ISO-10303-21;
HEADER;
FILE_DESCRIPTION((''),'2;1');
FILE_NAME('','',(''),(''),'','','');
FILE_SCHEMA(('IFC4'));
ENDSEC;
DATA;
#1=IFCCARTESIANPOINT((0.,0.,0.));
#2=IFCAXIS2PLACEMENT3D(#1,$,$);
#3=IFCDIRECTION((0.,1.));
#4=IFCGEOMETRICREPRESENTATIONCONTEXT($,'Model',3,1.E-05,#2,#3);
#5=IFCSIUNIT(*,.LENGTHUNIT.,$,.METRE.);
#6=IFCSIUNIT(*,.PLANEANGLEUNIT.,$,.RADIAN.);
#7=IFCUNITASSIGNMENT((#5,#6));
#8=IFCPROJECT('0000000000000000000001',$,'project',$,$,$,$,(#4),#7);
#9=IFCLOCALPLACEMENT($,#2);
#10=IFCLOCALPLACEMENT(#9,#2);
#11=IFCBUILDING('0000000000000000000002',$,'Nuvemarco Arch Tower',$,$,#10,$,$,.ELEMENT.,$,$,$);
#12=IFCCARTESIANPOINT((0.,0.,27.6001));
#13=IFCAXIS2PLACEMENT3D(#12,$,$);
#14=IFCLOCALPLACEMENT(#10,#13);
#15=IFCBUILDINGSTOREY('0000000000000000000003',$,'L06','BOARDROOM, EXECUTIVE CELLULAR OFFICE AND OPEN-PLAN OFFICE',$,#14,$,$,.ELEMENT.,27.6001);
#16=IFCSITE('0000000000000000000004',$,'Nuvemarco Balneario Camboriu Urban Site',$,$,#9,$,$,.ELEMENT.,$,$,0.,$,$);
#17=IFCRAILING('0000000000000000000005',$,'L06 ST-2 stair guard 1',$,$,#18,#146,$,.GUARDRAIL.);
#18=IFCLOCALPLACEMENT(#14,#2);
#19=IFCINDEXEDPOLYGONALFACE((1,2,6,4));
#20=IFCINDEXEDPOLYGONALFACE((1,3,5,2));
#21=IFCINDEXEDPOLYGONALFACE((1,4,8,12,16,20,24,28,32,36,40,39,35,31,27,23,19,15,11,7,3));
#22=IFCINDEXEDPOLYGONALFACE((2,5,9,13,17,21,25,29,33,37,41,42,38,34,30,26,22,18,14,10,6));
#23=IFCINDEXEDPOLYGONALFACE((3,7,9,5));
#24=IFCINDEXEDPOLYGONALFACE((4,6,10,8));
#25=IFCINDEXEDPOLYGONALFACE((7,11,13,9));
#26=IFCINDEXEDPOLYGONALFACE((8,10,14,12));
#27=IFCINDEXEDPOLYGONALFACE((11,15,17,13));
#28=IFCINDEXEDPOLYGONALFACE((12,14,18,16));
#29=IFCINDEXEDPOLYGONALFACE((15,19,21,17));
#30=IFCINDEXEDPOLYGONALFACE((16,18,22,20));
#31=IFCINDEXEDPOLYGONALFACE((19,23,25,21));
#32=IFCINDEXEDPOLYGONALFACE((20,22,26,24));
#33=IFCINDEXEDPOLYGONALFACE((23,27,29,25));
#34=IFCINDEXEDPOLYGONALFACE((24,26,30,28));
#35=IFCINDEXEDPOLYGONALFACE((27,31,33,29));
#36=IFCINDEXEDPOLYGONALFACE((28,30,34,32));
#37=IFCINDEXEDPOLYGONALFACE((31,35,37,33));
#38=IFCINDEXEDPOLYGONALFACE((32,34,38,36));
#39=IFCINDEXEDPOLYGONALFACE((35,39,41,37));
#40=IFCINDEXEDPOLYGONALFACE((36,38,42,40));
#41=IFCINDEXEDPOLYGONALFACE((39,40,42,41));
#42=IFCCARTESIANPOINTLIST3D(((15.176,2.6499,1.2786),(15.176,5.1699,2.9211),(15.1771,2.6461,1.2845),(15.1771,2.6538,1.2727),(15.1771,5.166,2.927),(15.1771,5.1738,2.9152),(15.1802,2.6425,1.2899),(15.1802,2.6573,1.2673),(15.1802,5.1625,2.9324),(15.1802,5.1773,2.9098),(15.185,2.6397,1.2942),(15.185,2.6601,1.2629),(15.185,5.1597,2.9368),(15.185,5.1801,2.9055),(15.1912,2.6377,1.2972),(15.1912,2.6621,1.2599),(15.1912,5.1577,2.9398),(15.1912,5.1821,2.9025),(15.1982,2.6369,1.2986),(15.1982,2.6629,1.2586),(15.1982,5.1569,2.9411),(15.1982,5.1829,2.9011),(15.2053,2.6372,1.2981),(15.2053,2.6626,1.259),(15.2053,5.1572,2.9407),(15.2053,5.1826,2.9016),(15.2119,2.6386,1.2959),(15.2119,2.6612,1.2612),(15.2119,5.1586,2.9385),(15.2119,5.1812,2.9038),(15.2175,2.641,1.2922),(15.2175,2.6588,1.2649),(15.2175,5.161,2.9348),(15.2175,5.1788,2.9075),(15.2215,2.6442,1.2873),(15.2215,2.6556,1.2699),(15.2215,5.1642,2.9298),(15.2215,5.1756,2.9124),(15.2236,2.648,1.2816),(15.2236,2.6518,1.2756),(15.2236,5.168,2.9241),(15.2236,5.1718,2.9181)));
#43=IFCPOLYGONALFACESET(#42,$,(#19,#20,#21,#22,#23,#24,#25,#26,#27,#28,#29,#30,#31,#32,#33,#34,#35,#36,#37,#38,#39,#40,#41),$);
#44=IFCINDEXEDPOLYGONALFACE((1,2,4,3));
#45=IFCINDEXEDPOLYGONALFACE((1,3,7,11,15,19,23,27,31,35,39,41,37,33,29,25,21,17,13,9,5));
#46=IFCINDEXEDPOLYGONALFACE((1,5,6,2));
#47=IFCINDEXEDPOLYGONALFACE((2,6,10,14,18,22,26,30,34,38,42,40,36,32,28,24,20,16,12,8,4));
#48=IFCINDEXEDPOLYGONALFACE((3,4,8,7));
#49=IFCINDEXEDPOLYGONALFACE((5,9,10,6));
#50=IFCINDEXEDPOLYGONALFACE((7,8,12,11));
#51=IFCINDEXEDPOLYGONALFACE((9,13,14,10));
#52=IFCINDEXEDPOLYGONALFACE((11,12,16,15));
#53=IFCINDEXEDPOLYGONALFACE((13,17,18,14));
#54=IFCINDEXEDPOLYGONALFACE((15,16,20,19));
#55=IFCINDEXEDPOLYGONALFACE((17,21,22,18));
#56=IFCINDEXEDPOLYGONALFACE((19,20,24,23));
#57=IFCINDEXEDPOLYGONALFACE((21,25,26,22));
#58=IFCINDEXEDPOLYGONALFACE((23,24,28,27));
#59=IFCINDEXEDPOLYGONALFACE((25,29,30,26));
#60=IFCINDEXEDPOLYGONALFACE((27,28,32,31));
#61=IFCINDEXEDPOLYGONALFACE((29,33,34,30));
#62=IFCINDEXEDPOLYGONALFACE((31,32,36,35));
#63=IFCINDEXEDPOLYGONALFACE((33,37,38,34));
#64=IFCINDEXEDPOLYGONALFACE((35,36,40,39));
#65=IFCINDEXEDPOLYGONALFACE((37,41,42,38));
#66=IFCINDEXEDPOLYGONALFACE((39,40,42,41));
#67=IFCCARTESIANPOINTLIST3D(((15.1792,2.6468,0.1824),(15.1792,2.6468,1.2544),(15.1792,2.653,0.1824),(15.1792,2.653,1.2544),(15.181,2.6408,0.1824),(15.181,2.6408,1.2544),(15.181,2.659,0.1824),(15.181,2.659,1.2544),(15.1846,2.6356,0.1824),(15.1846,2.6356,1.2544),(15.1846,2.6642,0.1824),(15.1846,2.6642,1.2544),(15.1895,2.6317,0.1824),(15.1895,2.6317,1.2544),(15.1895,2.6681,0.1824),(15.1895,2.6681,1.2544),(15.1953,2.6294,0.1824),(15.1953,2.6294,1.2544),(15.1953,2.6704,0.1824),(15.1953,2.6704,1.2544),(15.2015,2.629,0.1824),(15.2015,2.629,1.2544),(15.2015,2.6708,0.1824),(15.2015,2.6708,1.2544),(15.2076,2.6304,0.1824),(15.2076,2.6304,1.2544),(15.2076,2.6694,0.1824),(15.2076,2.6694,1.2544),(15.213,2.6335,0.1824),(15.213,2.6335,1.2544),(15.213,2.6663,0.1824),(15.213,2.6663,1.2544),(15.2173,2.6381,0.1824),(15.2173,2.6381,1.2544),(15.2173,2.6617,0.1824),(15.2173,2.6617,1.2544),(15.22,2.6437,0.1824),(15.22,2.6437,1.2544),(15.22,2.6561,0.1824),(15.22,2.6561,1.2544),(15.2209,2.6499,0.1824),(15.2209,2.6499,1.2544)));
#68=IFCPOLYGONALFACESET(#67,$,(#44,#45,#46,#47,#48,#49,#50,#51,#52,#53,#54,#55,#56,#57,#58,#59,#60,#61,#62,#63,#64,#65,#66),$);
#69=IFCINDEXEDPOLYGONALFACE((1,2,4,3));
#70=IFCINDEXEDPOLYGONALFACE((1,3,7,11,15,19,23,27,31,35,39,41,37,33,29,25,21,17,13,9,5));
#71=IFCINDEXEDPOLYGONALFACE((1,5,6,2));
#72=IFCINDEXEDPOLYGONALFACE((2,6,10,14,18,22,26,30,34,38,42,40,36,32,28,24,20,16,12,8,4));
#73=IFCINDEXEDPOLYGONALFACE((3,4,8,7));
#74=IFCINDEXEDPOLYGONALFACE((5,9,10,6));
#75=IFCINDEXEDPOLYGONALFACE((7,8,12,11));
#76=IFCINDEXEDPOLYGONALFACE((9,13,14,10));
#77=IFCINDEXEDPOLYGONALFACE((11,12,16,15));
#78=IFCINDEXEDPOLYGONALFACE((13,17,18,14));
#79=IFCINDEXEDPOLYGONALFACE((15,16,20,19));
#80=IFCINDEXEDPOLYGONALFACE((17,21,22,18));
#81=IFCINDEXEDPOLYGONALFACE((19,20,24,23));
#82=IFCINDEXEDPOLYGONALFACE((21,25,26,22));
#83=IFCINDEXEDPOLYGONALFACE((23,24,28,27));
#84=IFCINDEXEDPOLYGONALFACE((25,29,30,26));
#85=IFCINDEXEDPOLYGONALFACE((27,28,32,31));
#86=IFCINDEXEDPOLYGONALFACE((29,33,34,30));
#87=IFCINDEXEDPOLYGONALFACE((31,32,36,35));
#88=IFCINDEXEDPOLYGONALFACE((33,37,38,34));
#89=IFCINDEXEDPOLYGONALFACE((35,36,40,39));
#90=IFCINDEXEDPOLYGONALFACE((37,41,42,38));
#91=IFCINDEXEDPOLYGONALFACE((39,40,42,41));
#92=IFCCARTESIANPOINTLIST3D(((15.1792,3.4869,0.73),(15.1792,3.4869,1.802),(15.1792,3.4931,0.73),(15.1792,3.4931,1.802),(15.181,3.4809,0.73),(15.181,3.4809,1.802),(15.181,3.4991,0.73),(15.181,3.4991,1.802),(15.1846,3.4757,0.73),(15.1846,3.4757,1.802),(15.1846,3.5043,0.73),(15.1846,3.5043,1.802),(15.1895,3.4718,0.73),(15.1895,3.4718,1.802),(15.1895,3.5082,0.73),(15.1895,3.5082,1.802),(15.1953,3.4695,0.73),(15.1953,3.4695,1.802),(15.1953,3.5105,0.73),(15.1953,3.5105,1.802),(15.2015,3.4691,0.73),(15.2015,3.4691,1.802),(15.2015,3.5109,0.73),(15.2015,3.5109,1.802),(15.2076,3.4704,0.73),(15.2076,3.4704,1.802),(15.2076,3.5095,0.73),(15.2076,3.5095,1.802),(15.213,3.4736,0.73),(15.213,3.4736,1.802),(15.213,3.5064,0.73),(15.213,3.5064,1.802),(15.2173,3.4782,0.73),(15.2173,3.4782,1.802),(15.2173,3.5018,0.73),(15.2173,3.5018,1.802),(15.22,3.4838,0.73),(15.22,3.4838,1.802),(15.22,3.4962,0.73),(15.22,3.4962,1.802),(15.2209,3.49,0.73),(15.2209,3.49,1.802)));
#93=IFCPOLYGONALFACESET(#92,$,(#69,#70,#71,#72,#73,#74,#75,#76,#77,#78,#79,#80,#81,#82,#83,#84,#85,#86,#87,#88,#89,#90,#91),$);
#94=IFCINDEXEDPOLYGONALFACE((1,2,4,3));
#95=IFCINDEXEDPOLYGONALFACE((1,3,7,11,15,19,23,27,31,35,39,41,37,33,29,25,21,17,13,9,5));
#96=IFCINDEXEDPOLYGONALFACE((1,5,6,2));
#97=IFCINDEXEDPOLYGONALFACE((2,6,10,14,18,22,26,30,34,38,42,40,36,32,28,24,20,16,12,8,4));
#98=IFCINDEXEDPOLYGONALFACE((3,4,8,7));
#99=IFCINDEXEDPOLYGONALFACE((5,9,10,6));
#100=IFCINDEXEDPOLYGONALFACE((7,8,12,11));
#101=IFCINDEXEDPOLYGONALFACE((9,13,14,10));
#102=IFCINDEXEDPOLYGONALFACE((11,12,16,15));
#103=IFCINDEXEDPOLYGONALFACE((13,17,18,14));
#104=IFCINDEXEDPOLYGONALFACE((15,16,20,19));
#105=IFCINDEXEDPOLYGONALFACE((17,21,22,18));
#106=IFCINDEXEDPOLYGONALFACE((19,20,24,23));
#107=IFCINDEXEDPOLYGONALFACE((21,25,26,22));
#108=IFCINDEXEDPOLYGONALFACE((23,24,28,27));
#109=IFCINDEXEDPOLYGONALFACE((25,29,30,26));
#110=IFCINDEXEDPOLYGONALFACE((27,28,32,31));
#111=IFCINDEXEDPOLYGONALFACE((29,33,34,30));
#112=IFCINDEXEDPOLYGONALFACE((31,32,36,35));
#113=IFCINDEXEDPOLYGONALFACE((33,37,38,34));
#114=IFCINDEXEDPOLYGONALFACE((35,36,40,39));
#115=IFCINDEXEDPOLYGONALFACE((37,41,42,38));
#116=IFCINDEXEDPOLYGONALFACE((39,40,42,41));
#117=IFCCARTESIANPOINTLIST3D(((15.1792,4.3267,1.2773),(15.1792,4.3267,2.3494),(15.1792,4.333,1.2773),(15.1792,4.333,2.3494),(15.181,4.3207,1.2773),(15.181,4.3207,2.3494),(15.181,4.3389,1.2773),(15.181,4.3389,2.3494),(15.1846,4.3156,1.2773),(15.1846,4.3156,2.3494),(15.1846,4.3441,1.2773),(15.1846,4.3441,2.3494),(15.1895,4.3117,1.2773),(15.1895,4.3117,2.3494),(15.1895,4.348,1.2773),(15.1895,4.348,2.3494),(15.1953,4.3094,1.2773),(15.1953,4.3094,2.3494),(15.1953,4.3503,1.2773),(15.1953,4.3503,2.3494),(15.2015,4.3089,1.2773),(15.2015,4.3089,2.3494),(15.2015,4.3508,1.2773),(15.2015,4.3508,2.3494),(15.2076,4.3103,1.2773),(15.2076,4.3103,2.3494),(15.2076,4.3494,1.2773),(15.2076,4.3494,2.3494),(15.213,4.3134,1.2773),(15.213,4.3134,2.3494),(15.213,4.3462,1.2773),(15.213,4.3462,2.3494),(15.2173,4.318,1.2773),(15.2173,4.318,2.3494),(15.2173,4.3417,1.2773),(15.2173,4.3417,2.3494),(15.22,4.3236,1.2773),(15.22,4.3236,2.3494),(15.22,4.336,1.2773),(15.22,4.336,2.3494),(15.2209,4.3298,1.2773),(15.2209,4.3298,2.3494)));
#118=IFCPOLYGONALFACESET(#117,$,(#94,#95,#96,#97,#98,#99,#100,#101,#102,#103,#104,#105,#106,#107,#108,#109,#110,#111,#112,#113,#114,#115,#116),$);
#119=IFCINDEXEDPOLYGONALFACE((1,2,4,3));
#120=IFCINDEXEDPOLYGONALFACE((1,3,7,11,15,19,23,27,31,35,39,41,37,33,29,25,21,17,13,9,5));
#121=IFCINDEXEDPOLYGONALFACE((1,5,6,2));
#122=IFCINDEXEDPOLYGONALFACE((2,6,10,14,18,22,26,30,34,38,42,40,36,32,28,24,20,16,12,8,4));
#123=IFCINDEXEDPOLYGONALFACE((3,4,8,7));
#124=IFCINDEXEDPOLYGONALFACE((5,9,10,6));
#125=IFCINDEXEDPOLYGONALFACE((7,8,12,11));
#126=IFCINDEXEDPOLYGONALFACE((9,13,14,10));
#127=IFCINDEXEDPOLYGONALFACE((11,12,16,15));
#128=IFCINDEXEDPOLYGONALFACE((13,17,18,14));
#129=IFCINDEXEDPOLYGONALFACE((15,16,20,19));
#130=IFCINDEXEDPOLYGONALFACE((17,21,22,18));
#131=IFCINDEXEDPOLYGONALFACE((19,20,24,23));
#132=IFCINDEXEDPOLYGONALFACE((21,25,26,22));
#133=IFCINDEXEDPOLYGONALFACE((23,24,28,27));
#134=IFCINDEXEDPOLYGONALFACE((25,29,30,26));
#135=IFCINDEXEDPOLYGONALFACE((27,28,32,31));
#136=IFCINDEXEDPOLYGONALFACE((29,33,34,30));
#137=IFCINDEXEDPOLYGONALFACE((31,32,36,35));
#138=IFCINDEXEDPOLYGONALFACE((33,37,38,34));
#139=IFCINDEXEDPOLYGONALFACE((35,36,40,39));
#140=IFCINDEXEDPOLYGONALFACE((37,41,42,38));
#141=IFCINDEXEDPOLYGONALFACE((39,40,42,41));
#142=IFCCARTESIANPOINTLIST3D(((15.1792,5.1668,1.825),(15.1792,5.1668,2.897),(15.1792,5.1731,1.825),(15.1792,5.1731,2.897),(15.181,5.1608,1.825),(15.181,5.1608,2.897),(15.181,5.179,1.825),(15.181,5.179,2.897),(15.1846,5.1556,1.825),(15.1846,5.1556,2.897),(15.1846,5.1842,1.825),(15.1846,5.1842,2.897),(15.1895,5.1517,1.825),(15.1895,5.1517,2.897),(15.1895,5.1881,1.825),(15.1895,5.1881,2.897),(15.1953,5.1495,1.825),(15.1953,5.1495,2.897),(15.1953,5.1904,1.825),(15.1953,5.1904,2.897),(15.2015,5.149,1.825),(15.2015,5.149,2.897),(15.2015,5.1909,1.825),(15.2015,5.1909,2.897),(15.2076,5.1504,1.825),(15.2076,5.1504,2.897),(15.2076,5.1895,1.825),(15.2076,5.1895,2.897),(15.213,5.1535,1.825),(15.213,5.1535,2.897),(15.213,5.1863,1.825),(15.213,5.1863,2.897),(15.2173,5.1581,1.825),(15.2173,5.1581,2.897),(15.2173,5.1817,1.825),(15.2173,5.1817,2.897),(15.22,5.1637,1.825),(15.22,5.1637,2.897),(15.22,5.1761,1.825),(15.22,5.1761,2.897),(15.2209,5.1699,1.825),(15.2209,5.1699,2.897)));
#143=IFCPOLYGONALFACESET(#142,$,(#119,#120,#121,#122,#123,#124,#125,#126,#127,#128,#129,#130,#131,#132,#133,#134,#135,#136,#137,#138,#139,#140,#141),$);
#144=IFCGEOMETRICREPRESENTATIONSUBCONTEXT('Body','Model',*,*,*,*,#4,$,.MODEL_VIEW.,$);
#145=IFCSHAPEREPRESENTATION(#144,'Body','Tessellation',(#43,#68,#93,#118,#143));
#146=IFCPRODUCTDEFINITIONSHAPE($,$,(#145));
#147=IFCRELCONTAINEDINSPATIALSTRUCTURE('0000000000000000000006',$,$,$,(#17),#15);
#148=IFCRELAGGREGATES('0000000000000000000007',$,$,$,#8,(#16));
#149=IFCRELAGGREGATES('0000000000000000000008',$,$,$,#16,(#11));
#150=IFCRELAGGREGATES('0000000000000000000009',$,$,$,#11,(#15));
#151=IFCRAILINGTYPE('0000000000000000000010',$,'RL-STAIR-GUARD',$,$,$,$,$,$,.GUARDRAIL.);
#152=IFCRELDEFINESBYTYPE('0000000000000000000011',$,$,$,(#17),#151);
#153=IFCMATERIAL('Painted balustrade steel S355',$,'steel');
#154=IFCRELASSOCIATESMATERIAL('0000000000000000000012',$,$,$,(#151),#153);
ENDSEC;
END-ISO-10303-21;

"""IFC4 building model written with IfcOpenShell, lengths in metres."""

from ifc_helpers import new_model, si_unit, direction, frame, origin, origin_2d, place, context, subcontext, project, spatial, circle, extrude, material, type_object, element, save


model = new_model("IFC4")

# Units and contexts
model_context = context("Model", 3, precision=1e-05, world=origin(), true_north=direction((0.0, 1.0)))
body_context = subcontext(model_context, "Body", "Model", "MODEL_VIEW")
ifc_project = project(units=[si_unit("LENGTHUNIT", "METRE"), si_unit("PLANEANGLEUNIT", "RADIAN")], contexts=[model_context])

# Site, building, storey
site_placement = place(None, origin())
site = spatial("IfcSite", under=ifc_project, at=site_placement, Name="Nuvemarco Balneario Camboriu Urban Site", CompositionType="ELEMENT", RefElevation=0.0)
building_placement = place(site_placement, origin())
building = spatial("IfcBuilding", under=site, at=building_placement, Name="Nuvemarco Arch Tower", CompositionType="ELEMENT")
storey_placement = place(building_placement, frame((0.0, 0.0, 27.6001)))
storey = spatial("IfcBuildingStorey", under=building, at=storey_placement, Name="L06", Description="BOARDROOM, EXECUTIVE CELLULAR OFFICE AND OPEN-PLAN OFFICE", CompositionType="ELEMENT", Elevation=27.6001)

# Railing
ifc_material_1 = material(Name="Painted balustrade steel S355", Category="steel")
railing_type_1 = type_object("IfcRailingType", Name="RL-STAIR-GUARD", PredefinedType="GUARDRAIL", material=ifc_material_1)
railing_1_placement = place(storey_placement, frame((15.2, 2.6499, 0.1824)))
element("IfcRailing", 1, at=railing_1_placement, inside=storey, type_object=railing_type_1, Name="L06 ST-2 stair guard 1", PredefinedType="GUARDRAIL", context=body_context, shape_type="SweptSolid", body=[
    extrude(circle(Radius=0.0239, at=origin_2d()), frame((0.0, 0.0, 1.0962), z_axis=(0.0, 0.837749, 0.546055), x_axis=(-1.0, 0.0, 0.0)), (0.0, 0.0, 1.0), 3.0081),
    extrude(circle(Radius=0.021, at=origin_2d()), origin(), (0.0, 0.0, 1.0), 1.072),
    extrude(circle(Radius=0.021, at=origin_2d()), frame((0.0, 0.8401, 0.5476)), (0.0, 0.0, 1.0), 1.072),
    extrude(circle(Radius=0.021, at=origin_2d()), frame((0.0, 1.6799, 1.095)), (0.0, 0.0, 1.0), 1.072),
    extrude(circle(Radius=0.021, at=origin_2d()), frame((0.0, 2.52, 1.6426)), (0.0, 0.0, 1.0), 1.072),
])

save(model, "model.ifc")
